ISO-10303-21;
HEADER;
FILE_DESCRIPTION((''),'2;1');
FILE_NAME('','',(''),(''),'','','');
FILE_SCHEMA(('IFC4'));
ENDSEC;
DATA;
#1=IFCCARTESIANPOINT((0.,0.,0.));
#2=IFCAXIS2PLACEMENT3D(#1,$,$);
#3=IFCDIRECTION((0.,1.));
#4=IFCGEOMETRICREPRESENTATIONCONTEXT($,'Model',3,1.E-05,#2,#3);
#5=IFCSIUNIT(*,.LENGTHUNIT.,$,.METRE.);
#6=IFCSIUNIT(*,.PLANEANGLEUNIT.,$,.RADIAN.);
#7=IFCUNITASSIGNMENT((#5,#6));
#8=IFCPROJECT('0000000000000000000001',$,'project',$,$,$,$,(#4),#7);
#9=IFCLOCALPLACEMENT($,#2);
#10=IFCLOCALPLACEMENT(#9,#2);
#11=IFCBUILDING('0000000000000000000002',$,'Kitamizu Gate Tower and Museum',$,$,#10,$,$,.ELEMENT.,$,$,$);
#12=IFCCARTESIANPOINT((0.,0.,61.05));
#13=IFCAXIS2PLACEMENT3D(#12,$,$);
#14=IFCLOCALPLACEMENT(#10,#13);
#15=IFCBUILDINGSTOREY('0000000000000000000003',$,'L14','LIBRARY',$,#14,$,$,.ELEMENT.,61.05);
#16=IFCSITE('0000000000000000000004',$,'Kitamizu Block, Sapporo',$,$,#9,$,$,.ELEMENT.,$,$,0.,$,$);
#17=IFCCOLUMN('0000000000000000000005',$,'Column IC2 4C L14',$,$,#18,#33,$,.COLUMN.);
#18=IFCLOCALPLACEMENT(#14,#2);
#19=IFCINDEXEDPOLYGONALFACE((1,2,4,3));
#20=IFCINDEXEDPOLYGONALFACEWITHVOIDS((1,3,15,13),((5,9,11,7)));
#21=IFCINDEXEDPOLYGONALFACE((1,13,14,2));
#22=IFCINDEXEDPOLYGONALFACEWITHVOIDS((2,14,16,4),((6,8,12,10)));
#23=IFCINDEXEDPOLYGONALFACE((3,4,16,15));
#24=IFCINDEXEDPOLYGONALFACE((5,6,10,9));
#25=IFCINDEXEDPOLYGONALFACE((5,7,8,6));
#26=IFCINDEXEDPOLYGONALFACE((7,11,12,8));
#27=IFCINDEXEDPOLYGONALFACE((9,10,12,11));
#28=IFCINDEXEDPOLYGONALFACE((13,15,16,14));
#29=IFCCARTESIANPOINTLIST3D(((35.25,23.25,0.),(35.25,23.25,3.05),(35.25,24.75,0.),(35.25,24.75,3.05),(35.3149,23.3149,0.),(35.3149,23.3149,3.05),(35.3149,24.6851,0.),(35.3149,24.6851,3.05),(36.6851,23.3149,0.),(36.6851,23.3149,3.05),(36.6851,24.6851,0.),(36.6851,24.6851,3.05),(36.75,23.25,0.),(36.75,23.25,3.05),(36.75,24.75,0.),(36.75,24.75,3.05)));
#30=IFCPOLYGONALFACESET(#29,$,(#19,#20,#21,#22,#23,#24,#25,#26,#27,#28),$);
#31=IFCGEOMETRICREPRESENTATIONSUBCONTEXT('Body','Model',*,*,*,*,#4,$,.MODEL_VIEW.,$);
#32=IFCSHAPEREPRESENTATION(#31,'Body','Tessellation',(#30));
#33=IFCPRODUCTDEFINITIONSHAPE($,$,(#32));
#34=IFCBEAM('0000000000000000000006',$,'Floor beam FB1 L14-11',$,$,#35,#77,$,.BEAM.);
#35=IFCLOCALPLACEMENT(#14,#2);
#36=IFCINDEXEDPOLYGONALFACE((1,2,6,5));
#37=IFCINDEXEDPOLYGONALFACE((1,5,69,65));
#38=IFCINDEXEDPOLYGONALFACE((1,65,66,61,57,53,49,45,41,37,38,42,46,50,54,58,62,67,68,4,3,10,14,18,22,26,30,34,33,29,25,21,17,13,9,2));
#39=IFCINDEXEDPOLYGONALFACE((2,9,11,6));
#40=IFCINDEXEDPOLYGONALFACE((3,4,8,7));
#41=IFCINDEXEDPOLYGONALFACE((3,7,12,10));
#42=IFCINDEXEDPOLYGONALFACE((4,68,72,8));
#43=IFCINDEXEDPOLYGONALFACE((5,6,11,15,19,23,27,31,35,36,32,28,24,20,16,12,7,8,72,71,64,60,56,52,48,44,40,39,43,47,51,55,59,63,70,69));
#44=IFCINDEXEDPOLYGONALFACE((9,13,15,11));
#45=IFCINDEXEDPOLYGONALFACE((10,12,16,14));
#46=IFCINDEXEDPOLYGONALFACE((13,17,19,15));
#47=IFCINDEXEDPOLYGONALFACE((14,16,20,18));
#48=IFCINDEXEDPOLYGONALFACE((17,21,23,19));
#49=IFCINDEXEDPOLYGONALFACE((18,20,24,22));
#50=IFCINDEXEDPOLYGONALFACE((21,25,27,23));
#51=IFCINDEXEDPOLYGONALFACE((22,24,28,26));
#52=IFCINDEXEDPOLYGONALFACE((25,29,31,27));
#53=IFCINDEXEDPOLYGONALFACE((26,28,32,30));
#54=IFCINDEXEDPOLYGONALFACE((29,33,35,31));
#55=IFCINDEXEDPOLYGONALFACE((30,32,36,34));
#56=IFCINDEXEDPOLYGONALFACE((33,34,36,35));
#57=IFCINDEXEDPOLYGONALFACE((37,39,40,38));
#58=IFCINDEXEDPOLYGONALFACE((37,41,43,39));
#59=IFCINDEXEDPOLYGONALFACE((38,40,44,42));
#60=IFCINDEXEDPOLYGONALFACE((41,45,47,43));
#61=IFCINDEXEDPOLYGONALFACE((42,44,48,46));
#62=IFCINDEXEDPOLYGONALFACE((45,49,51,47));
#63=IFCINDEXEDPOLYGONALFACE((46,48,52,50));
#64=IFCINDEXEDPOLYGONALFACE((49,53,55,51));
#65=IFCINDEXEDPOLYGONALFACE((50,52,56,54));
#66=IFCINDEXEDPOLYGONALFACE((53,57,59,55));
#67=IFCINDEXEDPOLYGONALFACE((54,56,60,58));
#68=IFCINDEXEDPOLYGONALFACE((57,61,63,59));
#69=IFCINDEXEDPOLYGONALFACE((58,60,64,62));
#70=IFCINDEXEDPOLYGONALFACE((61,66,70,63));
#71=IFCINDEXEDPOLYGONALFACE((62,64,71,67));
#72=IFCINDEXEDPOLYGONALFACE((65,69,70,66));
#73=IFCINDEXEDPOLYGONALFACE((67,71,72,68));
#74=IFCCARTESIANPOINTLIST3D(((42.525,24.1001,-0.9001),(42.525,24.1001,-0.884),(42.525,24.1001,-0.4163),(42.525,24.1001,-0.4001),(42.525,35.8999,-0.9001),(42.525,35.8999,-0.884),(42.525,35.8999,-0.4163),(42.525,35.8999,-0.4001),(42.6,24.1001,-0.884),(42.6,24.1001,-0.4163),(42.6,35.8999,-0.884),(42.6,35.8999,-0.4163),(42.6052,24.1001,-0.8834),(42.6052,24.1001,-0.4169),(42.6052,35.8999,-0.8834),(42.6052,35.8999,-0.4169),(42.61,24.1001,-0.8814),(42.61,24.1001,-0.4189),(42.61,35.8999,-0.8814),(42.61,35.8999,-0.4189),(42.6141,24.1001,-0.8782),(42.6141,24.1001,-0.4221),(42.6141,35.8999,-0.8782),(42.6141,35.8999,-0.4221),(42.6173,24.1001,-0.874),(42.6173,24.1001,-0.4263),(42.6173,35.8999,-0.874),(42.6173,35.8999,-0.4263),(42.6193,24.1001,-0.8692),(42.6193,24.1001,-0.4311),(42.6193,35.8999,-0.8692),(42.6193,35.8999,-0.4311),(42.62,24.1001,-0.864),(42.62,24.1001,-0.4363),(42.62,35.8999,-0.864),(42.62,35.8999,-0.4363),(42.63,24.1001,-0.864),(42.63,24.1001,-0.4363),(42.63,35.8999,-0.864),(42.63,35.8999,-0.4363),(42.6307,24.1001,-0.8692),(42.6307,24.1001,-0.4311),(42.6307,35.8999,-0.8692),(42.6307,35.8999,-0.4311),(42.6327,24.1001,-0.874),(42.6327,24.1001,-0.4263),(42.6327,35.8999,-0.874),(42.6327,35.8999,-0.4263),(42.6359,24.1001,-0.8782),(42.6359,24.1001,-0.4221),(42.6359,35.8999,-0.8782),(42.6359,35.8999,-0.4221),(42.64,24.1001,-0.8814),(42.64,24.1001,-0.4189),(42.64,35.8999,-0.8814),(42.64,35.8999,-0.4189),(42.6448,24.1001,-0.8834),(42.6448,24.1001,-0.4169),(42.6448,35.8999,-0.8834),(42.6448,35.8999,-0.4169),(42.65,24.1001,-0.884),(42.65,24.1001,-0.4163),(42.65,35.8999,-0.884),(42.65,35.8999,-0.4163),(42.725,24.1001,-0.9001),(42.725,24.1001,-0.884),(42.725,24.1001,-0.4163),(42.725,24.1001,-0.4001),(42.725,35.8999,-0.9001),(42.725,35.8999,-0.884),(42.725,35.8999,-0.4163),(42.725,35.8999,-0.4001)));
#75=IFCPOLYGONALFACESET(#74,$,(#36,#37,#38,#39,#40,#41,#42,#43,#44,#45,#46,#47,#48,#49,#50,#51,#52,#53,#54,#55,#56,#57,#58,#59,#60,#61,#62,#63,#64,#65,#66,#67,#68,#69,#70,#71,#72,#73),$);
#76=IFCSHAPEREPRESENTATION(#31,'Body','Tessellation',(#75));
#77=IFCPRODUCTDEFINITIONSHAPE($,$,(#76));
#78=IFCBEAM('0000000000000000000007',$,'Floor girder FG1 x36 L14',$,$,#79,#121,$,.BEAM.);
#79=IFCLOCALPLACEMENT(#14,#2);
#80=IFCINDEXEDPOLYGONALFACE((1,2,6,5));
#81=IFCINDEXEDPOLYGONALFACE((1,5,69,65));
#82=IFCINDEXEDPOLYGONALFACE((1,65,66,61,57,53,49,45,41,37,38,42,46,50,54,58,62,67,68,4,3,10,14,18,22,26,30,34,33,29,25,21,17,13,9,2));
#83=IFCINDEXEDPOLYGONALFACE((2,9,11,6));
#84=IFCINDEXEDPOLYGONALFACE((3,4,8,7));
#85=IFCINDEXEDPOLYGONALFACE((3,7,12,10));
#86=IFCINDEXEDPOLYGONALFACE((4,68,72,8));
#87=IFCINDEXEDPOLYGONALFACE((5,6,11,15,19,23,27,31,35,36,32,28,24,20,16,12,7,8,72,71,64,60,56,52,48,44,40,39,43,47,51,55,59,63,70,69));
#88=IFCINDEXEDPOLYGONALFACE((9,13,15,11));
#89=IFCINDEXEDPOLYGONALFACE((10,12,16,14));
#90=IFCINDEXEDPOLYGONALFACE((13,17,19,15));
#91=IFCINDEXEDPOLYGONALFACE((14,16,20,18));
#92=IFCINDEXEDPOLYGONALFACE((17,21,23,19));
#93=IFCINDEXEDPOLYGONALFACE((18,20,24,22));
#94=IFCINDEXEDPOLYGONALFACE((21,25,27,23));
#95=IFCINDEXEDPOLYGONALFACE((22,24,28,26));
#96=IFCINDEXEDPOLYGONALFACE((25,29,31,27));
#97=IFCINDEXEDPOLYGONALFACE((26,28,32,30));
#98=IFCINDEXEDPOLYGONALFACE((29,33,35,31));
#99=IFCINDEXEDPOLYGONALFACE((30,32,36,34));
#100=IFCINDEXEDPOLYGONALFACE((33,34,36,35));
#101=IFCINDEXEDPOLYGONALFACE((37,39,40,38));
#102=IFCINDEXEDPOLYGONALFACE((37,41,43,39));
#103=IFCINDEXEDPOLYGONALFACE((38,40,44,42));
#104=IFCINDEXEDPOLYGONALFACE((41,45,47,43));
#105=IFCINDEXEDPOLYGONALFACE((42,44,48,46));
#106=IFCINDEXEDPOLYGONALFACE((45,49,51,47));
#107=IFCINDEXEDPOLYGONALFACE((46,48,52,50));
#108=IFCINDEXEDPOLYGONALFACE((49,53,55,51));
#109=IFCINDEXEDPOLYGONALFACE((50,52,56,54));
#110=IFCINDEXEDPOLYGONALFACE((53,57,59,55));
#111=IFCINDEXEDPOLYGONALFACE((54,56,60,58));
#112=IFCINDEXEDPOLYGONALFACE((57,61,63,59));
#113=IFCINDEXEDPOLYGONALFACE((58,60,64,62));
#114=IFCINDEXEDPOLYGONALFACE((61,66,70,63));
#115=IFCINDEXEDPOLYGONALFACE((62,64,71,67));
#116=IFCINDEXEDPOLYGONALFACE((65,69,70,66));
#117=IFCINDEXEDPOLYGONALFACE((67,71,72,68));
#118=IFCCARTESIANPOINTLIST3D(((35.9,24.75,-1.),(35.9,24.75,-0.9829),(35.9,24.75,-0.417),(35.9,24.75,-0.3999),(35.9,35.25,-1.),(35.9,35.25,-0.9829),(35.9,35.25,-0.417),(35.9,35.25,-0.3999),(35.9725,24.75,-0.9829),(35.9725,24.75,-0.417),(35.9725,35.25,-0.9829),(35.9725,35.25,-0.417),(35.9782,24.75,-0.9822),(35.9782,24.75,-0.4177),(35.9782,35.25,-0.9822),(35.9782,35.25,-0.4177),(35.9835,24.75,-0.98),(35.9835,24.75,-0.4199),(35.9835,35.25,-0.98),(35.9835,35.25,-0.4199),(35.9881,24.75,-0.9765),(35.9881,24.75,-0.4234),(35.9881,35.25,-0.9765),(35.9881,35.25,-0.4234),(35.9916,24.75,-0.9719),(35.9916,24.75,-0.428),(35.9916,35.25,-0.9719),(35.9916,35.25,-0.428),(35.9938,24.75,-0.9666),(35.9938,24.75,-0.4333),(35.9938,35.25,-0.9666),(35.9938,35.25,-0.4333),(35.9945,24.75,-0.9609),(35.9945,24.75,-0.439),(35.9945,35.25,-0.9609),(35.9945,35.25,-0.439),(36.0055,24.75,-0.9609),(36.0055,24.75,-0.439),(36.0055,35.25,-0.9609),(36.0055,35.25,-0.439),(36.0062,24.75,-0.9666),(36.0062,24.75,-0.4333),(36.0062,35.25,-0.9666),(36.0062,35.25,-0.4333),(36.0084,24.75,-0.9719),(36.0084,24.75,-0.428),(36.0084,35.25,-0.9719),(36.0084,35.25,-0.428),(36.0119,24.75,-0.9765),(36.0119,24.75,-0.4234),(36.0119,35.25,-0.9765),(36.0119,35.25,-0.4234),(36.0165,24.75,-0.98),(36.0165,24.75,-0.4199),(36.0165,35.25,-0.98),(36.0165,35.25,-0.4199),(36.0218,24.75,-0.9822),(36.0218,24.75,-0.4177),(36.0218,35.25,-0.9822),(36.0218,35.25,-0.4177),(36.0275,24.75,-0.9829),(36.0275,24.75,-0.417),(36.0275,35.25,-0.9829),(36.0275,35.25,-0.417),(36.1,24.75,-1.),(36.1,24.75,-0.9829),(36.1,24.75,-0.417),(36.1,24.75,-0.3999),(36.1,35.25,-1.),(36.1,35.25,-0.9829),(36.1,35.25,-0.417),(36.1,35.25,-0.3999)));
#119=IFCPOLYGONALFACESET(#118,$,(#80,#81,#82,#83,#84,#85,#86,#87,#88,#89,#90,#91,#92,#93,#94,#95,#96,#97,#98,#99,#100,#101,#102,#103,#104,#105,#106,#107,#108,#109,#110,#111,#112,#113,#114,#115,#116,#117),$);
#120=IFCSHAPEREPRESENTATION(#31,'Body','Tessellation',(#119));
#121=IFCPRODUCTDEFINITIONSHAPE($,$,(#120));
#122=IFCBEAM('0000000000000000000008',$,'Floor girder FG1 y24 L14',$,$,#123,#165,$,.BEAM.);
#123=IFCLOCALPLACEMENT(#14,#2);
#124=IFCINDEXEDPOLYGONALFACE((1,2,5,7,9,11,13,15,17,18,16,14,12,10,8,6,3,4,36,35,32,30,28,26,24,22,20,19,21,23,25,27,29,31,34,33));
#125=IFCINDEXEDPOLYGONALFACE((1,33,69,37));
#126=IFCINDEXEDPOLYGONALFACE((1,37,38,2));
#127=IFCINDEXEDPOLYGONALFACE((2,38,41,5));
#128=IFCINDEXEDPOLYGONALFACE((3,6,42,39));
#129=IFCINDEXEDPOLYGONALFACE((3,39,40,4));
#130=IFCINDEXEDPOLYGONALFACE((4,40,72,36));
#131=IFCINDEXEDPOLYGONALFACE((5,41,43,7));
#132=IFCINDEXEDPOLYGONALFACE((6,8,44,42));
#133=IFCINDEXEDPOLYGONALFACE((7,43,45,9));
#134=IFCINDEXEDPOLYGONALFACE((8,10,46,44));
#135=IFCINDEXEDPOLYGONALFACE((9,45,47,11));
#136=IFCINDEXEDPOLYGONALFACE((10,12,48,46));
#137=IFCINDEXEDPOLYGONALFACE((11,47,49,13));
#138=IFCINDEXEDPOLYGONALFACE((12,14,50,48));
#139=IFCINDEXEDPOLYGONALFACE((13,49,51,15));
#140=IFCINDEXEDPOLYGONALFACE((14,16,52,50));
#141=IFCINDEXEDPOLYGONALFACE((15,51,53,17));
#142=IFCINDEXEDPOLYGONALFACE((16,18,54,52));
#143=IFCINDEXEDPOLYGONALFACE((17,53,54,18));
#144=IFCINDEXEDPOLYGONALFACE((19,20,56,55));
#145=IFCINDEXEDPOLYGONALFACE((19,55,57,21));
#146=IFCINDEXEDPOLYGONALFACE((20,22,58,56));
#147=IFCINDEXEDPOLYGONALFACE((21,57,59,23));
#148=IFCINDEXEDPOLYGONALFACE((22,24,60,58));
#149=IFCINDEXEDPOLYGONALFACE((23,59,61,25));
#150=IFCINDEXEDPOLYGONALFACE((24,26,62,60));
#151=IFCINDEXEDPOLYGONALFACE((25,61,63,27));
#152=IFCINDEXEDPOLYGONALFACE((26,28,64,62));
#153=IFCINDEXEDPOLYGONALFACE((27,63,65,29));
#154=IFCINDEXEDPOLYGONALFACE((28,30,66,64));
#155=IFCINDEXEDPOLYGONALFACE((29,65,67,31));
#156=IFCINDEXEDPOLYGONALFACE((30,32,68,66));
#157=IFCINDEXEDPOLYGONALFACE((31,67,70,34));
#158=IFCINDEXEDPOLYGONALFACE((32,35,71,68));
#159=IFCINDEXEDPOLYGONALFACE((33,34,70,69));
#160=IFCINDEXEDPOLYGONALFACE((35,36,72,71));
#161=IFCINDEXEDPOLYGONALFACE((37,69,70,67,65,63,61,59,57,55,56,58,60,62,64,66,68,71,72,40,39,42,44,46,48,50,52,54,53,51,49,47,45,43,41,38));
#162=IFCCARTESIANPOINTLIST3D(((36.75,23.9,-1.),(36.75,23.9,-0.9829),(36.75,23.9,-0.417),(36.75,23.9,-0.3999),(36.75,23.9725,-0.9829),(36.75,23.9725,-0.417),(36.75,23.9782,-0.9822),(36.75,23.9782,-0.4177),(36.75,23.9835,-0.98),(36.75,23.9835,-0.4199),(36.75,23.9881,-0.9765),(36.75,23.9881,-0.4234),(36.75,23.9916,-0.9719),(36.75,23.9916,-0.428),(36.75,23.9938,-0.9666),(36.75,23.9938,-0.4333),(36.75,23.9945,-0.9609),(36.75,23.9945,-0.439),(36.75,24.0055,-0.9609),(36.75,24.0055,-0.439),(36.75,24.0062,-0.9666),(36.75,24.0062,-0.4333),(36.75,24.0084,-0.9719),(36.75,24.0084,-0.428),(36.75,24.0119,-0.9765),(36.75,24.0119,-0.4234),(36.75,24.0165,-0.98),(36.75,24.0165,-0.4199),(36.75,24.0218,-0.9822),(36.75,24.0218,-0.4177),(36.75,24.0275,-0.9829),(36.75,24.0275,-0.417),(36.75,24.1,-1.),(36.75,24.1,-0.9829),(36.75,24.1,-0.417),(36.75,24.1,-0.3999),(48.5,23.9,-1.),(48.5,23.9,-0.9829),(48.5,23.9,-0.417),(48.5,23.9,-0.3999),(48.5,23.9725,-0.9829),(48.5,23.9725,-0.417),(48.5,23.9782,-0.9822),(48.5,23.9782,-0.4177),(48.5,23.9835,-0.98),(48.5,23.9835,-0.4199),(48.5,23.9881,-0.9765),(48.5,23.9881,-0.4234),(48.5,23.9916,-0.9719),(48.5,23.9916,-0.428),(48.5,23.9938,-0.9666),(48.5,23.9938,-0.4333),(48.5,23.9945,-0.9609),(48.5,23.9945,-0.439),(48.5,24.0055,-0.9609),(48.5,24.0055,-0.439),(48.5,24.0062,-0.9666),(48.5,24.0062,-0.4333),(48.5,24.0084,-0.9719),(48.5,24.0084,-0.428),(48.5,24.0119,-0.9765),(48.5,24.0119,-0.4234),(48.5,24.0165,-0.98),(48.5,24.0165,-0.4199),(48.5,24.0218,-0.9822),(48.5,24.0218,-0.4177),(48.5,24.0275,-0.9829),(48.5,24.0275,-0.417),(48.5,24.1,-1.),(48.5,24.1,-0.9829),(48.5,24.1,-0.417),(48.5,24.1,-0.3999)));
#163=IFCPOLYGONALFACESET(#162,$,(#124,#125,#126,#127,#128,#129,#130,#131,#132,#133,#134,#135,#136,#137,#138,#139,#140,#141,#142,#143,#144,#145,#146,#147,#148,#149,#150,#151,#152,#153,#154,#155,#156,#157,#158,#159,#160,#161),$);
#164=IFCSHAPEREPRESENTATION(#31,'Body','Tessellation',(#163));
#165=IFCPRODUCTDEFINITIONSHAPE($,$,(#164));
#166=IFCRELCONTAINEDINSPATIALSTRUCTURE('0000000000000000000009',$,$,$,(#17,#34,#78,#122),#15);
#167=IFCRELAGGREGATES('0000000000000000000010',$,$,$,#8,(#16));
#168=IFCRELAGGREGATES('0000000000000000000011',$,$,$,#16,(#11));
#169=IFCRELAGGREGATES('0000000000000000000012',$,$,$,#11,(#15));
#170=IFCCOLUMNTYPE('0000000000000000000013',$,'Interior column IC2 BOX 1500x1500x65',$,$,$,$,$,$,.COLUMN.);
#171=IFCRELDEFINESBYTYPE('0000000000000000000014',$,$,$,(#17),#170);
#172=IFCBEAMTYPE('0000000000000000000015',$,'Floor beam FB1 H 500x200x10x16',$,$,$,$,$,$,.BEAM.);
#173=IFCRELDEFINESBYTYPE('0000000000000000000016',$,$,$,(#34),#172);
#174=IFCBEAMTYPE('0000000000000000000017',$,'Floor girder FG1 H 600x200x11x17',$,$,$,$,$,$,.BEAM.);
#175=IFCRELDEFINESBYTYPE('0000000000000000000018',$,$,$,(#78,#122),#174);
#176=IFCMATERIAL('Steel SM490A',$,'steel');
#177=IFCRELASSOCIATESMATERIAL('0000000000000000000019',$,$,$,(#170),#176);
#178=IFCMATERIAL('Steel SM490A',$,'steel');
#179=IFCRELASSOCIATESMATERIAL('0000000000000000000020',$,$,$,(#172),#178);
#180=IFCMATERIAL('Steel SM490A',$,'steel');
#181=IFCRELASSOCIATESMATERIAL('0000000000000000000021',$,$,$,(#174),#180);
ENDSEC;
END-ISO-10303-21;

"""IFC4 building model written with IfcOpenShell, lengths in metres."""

from ifc_helpers import new_model, si_unit, direction, frame, origin, origin_2d, place, context, subcontext, project, spatial, hollow_rectangle, i_section, extrude, material, material_profile, profile_set, type_object, element, save


model = new_model("IFC4")

# Units and contexts
model_context = context("Model", 3, precision=1e-05, world=origin(), true_north=direction((0.0, 1.0)))
body_context = subcontext(model_context, "Body", "Model", "MODEL_VIEW")
ifc_project = project(units=[si_unit("LENGTHUNIT", "METRE"), si_unit("PLANEANGLEUNIT", "RADIAN")], contexts=[model_context])

# Site, building, storey
site_placement = place(None, origin())
site = spatial("IfcSite", under=ifc_project, at=site_placement, Name="Kitamizu Block, Sapporo", CompositionType="ELEMENT", RefElevation=0.0)
building_placement = place(site_placement, origin())
building = spatial("IfcBuilding", under=site, at=building_placement, Name="Kitamizu Gate Tower and Museum", CompositionType="ELEMENT")
storey_placement = place(building_placement, frame((0.0, 0.0, 61.05)))
storey = spatial("IfcBuildingStorey", under=building, at=storey_placement, Name="L14", Description="LIBRARY", CompositionType="ELEMENT", Elevation=61.05)

# Column
ifc_material_1 = material(Name="Steel SM490A", Category="steel")
ifc_material_profile_1 = material_profile(ifc_material_1, hollow_rectangle(XDim=1.5, YDim=1.5, WallThickness=0.0649, at=origin_2d()), Name="BOX 1500x1500x65")
ifc_profile_set_1 = profile_set([ifc_material_profile_1], Name="Steel SM490A")
column_type = type_object("IfcColumnType", Name="Interior column IC2 BOX 1500x1500x65", PredefinedType="COLUMN", material=ifc_profile_set_1)
column_placement = place(storey_placement, frame((36.0, 24.0, 0.0), z_axis=(0.0, 0.0, 1.0), x_axis=(1.0, 0.0, 0.0)))
element("IfcColumn", 1, at=column_placement, inside=storey, type_object=column_type, Name="Column IC2 4C L14", PredefinedType="COLUMN", context=body_context, shape_type="SweptSolid", body=[
    extrude(hollow_rectangle(XDim=1.5, YDim=1.5, WallThickness=0.0649, at=origin_2d()), origin(), (0.0, 0.0, 1.0), 3.05),
])

# Beams
ifc_material_2 = material(Name="Steel SM490A", Category="steel")
ifc_material_profile_2 = material_profile(ifc_material_2, i_section(OverallWidth=0.2, OverallDepth=0.5, WebThickness=0.01, FlangeThickness=0.0161, FilletRadius=0.02, at=origin_2d()), Name="H-500x200x10x16")
ifc_profile_set_2 = profile_set([ifc_material_profile_2], Name="Steel SM490A")
beam_type_1 = type_object("IfcBeamType", Name="Floor beam FB1 H 500x200x10x16", PredefinedType="BEAM", material=ifc_profile_set_2)
beam_1_placement = place(storey_placement, frame((42.625, 24.1001, -0.6501), z_axis=(0.0, 1.0, 0.0), x_axis=(-1.0, 0.0, 0.0)))
element("IfcBeam", 2, at=beam_1_placement, inside=storey, type_object=beam_type_1, Name="Floor beam FB1 L14-11", PredefinedType="BEAM", context=body_context, shape_type="SweptSolid", body=[
    extrude(i_section(OverallWidth=0.2, OverallDepth=0.5, WebThickness=0.01, FlangeThickness=0.0161, FilletRadius=0.02, at=origin_2d()), origin(), (0.0, 0.0, 1.0), 11.7998),
])
ifc_material_3 = material(Name="Steel SM490A", Category="steel")
ifc_material_profile_3 = material_profile(ifc_material_3, i_section(OverallWidth=0.2, OverallDepth=0.6001, WebThickness=0.011, FlangeThickness=0.0171, FilletRadius=0.022, at=origin_2d()), Name="H-600x200x11x17")
ifc_profile_set_3 = profile_set([ifc_material_profile_3], Name="Steel SM490A")
beam_type_2 = type_object("IfcBeamType", Name="Floor girder FG1 H 600x200x11x17", PredefinedType="BEAM", material=ifc_profile_set_3)
beam_2_placement = place(storey_placement, frame((36.0, 24.75, -0.7), z_axis=(0.0, 1.0, 0.0), x_axis=(-1.0, 0.0, 0.0)))
element("IfcBeam", 3, at=beam_2_placement, inside=storey, type_object=beam_type_2, Name="Floor girder FG1 x36 L14", PredefinedType="BEAM", context=body_context, shape_type="SweptSolid", body=[
    extrude(i_section(OverallWidth=0.2, OverallDepth=0.6001, WebThickness=0.011, FlangeThickness=0.0171, FilletRadius=0.022, at=origin_2d()), origin(), (0.0, 0.0, 1.0), 10.5),
])
beam_3_placement = place(storey_placement, frame((36.75, 24.0, -0.7), z_axis=(1.0, 0.0, 0.0), x_axis=(0.0, 1.0, 0.0)))
element("IfcBeam", 4, at=beam_3_placement, inside=storey, type_object=beam_type_2, Name="Floor girder FG1 y24 L14", PredefinedType="BEAM", context=body_context, shape_type="SweptSolid", body=[
    extrude(i_section(OverallWidth=0.2, OverallDepth=0.6001, WebThickness=0.011, FlangeThickness=0.0171, FilletRadius=0.022, at=origin_2d()), origin(), (0.0, 0.0, 1.0), 11.75),
])

save(model, "model.ifc")
